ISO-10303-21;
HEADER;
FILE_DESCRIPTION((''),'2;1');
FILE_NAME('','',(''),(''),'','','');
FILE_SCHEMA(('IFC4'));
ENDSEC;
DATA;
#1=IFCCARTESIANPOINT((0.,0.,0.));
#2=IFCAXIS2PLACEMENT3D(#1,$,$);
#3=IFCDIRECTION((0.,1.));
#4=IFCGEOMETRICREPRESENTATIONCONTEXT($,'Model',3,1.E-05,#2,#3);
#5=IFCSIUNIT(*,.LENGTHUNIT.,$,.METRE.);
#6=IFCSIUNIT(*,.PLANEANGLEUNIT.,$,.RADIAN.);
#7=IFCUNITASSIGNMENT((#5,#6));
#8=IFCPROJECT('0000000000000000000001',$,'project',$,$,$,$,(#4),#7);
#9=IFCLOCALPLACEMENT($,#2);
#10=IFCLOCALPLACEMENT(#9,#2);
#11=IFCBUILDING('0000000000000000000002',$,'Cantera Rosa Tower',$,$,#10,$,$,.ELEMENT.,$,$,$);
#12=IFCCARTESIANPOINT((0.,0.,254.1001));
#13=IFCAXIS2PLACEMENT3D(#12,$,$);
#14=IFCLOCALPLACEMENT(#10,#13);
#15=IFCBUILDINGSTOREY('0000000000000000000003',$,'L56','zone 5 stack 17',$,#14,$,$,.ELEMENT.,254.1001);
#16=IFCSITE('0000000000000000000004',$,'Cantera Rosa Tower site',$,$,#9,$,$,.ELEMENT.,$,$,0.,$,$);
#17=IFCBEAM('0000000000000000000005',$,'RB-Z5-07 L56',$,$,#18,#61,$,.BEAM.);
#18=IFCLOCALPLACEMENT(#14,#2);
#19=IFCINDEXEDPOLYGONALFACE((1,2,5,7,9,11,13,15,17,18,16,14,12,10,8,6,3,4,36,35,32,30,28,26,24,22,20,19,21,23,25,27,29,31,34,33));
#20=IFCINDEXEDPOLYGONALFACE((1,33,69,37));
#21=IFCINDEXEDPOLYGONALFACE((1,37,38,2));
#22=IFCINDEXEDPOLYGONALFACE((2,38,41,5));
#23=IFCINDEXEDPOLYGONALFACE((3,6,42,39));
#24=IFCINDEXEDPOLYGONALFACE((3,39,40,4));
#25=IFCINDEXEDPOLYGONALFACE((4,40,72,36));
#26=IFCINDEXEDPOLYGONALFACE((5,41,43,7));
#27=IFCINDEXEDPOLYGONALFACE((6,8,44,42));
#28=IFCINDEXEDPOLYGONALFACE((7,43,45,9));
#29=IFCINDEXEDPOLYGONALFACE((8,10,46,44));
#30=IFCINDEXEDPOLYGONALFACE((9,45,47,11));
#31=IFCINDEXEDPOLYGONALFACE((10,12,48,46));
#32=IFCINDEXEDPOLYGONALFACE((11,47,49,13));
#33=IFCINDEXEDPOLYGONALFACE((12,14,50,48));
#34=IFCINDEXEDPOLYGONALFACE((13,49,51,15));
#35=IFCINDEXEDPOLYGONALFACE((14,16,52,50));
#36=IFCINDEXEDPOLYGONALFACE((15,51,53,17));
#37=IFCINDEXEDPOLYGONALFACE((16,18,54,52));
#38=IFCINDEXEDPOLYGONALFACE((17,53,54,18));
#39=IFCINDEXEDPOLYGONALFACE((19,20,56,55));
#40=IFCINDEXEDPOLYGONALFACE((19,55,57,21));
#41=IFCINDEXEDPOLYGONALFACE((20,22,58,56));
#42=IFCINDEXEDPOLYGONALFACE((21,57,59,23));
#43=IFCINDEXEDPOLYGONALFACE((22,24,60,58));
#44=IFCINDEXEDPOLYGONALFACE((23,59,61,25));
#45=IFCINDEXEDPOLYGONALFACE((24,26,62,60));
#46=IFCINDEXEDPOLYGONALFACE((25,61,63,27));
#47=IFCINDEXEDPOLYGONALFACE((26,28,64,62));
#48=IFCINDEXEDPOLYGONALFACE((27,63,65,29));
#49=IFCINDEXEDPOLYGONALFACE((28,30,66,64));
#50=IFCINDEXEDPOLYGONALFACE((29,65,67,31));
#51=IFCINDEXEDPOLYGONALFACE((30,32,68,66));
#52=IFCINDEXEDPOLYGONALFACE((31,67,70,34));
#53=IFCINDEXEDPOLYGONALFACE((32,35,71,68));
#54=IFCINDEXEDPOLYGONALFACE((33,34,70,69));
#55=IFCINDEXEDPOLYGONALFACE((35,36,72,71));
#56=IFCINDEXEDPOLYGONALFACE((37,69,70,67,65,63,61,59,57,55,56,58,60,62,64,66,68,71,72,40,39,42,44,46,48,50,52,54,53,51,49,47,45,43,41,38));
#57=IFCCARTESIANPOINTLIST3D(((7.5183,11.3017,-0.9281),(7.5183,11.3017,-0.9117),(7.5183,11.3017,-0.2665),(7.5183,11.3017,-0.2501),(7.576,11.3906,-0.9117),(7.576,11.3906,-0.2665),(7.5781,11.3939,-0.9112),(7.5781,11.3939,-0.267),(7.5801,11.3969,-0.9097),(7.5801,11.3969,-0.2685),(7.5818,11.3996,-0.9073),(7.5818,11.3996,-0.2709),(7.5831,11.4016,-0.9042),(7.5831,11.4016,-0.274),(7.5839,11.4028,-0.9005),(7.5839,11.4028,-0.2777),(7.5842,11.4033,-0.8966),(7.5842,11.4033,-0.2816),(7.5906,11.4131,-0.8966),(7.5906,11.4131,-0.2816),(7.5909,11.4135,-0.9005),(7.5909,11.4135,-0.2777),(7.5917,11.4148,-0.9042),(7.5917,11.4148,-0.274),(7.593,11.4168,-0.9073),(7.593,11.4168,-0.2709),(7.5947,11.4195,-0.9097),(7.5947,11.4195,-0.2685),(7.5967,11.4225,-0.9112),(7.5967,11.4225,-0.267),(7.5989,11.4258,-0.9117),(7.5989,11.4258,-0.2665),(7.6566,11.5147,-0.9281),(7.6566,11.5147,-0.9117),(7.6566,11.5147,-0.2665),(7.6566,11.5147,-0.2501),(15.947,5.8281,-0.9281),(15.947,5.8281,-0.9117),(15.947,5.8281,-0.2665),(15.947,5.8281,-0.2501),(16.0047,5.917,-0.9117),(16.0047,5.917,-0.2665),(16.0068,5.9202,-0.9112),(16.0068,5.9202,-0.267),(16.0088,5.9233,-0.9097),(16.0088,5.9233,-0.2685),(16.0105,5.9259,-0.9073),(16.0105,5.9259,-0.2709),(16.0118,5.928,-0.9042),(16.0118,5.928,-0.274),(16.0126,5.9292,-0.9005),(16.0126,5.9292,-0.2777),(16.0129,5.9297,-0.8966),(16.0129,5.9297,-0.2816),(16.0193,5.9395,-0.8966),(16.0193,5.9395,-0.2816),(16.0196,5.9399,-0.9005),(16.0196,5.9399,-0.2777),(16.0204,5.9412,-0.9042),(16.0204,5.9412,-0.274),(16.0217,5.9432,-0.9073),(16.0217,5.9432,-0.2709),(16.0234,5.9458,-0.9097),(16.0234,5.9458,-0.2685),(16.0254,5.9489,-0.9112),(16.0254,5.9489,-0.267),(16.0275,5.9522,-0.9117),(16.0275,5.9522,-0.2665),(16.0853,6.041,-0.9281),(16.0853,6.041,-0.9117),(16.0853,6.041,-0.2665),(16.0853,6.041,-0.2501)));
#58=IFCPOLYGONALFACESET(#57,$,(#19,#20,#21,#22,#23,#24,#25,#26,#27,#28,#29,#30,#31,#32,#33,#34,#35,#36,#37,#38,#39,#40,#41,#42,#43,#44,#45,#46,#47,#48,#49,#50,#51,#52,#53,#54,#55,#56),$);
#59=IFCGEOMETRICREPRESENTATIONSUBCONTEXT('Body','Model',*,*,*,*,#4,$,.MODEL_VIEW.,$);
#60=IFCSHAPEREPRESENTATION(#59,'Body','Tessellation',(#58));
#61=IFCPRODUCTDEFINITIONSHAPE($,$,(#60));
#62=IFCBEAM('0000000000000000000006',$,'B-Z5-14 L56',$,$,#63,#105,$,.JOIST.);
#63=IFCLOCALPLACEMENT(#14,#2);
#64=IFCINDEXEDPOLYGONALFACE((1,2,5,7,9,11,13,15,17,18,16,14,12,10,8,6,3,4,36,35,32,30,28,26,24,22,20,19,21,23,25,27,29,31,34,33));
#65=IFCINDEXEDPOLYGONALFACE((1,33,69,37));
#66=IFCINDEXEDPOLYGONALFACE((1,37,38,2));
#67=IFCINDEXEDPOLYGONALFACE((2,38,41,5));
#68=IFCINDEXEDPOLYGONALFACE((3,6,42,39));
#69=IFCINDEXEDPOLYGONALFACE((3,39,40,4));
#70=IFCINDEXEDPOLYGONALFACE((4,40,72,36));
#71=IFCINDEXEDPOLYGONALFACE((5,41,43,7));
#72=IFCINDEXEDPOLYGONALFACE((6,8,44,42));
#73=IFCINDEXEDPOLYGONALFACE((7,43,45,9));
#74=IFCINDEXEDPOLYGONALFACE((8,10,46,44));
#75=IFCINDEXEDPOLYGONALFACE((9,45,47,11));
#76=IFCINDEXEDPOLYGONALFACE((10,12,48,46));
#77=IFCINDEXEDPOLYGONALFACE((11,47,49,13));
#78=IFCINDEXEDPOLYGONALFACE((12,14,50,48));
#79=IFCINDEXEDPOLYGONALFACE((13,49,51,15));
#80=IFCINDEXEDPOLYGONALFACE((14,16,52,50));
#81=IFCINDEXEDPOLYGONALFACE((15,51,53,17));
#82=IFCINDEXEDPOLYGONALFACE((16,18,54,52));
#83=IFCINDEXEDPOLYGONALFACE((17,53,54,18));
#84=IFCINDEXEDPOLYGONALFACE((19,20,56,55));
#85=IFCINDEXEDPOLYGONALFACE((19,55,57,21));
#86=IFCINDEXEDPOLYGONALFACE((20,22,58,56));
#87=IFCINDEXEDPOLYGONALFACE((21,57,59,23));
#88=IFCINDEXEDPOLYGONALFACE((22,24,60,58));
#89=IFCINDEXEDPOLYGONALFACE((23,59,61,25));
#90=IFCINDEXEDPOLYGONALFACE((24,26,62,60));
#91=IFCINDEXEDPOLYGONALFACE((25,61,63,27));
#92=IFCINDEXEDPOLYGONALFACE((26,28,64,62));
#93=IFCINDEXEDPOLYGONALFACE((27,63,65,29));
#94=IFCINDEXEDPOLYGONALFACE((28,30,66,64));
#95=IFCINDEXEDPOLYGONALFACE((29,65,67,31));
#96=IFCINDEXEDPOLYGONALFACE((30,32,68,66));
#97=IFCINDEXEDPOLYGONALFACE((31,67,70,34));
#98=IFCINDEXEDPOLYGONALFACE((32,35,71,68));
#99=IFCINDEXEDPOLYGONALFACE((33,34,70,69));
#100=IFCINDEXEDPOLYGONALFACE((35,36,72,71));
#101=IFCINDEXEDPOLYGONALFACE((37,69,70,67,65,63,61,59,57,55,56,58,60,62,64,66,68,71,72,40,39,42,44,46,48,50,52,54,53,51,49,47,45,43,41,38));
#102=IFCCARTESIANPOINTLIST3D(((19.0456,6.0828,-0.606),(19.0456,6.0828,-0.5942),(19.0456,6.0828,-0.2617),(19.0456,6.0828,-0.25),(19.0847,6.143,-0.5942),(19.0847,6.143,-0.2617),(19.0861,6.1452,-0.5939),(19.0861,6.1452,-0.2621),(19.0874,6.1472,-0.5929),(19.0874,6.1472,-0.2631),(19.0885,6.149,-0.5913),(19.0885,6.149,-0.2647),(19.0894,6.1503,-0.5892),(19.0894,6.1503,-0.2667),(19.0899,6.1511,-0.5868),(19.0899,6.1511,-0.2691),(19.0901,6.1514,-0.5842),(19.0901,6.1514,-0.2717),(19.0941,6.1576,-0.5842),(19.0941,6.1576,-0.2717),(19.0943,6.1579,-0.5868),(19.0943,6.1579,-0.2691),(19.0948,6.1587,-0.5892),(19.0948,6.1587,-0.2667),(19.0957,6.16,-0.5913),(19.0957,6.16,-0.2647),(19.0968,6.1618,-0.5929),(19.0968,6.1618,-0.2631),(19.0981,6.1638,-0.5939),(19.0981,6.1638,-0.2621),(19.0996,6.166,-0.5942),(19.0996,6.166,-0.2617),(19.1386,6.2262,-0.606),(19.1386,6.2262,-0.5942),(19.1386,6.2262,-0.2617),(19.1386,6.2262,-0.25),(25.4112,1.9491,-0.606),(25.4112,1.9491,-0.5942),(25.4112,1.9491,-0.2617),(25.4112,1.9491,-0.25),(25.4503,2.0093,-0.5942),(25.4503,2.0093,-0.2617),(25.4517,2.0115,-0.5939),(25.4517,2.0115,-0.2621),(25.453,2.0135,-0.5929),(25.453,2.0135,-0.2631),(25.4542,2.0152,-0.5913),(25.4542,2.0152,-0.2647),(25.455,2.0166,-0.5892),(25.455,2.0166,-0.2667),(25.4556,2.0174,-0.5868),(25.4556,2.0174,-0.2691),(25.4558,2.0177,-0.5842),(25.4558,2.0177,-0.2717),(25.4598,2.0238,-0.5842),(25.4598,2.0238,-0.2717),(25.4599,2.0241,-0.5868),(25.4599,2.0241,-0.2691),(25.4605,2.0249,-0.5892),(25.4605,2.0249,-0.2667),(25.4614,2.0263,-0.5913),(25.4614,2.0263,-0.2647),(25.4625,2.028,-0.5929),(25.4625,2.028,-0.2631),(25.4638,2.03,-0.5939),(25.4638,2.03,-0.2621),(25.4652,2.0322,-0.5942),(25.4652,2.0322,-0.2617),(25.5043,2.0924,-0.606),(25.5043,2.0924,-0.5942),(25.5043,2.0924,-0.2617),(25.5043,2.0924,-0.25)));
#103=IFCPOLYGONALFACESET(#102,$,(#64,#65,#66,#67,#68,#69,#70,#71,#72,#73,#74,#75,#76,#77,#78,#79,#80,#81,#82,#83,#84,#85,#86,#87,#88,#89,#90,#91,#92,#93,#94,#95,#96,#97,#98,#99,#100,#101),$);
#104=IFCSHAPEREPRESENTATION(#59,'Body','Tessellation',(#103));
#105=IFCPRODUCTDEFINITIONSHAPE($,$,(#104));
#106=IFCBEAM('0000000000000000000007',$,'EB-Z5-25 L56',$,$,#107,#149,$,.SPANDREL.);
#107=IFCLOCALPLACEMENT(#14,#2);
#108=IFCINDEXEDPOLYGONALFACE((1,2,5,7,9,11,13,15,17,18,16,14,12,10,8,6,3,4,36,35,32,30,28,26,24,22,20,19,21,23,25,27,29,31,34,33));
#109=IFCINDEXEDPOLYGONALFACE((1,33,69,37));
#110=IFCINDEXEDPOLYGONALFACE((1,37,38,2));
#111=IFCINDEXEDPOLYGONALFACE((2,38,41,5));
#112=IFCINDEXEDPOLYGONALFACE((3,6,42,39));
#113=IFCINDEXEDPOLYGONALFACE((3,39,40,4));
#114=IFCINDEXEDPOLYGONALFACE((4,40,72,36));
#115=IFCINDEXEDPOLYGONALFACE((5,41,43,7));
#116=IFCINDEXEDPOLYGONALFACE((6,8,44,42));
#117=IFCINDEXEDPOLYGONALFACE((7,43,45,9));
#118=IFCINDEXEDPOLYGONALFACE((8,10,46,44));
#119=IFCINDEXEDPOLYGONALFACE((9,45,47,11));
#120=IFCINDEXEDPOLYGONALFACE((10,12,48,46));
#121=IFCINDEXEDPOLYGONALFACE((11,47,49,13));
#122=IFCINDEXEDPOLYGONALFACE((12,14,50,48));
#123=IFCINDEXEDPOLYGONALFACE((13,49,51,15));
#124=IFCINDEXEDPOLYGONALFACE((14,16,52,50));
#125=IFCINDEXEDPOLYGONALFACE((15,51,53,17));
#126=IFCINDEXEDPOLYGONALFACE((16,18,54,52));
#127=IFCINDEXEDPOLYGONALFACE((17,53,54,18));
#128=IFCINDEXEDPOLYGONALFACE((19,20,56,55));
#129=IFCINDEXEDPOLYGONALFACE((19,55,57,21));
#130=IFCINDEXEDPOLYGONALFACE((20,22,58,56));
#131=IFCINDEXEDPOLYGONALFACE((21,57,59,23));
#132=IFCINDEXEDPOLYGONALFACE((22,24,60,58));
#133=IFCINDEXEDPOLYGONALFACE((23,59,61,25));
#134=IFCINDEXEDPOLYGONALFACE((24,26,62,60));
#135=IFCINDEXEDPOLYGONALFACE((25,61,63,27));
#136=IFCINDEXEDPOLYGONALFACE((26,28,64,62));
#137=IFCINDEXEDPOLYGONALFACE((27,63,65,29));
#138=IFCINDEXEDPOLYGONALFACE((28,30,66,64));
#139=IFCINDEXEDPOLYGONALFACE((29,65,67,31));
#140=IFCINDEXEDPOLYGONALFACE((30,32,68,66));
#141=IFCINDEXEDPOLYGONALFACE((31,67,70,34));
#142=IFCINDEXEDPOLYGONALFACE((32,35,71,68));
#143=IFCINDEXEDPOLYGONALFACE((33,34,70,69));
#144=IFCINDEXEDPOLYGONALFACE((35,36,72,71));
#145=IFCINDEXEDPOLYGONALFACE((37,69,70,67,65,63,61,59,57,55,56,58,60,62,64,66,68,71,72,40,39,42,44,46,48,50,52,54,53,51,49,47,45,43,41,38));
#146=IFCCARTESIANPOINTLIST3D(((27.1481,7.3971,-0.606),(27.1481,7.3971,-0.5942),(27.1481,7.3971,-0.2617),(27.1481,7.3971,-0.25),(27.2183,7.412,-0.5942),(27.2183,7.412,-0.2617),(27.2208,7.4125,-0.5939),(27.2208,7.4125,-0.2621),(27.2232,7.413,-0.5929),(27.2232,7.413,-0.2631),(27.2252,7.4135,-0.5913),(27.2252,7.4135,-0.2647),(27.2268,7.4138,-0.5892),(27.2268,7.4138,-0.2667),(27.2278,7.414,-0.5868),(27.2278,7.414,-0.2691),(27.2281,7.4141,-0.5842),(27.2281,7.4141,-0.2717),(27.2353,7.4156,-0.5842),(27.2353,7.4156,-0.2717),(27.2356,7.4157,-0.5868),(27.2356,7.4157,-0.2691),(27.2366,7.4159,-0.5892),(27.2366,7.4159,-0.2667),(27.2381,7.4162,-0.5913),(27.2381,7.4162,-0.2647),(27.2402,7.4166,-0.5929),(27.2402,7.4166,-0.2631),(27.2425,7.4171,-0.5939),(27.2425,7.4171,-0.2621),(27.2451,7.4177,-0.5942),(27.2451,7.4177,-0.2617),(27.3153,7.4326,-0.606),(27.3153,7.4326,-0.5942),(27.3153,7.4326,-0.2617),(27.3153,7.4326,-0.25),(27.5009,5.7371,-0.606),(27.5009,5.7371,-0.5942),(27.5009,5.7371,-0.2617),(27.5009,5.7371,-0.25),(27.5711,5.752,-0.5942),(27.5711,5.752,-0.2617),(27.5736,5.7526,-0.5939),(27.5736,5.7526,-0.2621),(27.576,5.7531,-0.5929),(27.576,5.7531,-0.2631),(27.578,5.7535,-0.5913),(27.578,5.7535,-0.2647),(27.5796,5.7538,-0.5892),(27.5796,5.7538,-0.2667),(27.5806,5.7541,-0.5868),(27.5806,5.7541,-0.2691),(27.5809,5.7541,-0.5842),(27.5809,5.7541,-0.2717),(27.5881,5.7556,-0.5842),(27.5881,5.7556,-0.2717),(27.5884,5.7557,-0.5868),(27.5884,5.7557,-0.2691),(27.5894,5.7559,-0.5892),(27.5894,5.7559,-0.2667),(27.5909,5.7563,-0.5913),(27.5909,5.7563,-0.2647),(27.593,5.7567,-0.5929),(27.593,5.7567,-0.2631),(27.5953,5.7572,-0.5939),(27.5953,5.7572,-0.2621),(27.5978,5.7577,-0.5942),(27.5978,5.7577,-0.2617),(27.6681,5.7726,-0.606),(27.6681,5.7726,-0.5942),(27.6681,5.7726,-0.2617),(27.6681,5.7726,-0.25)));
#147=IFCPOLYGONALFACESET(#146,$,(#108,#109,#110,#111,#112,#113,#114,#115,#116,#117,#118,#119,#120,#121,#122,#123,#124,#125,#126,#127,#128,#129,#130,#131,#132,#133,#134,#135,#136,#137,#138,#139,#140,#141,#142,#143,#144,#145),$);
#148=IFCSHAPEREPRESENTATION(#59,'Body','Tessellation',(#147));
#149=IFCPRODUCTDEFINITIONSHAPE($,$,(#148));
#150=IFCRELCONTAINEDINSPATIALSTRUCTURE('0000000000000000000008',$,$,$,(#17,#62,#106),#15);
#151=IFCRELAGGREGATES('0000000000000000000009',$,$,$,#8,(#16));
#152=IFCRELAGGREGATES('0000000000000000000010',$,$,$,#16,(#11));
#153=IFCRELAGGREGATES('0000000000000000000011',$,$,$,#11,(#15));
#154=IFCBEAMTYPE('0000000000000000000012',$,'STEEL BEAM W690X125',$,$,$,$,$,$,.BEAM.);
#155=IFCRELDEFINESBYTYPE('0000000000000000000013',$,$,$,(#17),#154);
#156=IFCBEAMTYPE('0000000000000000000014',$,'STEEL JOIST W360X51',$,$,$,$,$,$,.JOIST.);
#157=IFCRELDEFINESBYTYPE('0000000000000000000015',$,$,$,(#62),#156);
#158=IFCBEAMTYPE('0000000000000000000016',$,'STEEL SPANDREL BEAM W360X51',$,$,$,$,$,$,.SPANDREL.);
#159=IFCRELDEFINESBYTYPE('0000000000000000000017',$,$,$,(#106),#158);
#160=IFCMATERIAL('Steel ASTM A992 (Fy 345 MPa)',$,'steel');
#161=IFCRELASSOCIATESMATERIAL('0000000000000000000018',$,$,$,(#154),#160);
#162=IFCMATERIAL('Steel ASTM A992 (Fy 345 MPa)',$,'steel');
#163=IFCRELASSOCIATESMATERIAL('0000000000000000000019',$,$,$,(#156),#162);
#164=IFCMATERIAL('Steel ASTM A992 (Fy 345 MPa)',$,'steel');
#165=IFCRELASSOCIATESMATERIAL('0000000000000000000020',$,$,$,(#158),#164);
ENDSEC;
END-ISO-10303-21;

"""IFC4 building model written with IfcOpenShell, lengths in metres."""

from ifc_helpers import new_model, si_unit, direction, frame, origin, origin_2d, place, context, subcontext, project, spatial, i_section, extrude, material, material_profile, profile_set, type_object, element, save


model = new_model("IFC4")

# Units and contexts
model_context = context("Model", 3, precision=1e-05, world=origin(), true_north=direction((0.0, 1.0)))
body_context = subcontext(model_context, "Body", "Model", "MODEL_VIEW")
ifc_project = project(units=[si_unit("LENGTHUNIT", "METRE"), si_unit("PLANEANGLEUNIT", "RADIAN")], contexts=[model_context])

# Site, building, storey
site_placement = place(None, origin())
site = spatial("IfcSite", under=ifc_project, at=site_placement, Name="Cantera Rosa Tower site", CompositionType="ELEMENT", RefElevation=0.0)
building_placement = place(site_placement, origin())
building = spatial("IfcBuilding", under=site, at=building_placement, Name="Cantera Rosa Tower", CompositionType="ELEMENT")
storey_placement = place(building_placement, frame((0.0, 0.0, 254.1001)))
storey = spatial("IfcBuildingStorey", under=building, at=storey_placement, Name="L56", Description="zone 5 stack 17", CompositionType="ELEMENT", Elevation=254.1001)

# Beams
ifc_material_1 = material(Name="Steel ASTM A992 (Fy 345 MPa)", Category="steel")
ifc_material_profile_1 = material_profile(ifc_material_1, i_section(OverallWidth=0.2539, OverallDepth=0.678, WebThickness=0.0117, FlangeThickness=0.0164, FilletRadius=0.0151, at=origin_2d()), Name="W690X125")
ifc_profile_set_1 = profile_set([ifc_material_profile_1], Name="Steel ASTM A992 (Fy 345 MPa)")
beam_type_1 = type_object("IfcBeamType", Name="STEEL BEAM W690X125", PredefinedType="BEAM", material=ifc_profile_set_1)
beam_1_placement = place(storey_placement, frame((16.0161, 5.9346, -0.5891), z_axis=(-0.838672, 0.544637, 0.0), x_axis=(-0.544637, -0.838672, 0.0)))
element("IfcBeam", 1, at=beam_1_placement, inside=storey, type_object=beam_type_1, Name="RB-Z5-07 L56", PredefinedType="BEAM", context=body_context, shape_type="SweptSolid", body=[
    extrude(i_section(OverallWidth=0.2539, OverallDepth=0.678, WebThickness=0.0117, FlangeThickness=0.0164, FilletRadius=0.0151, at=origin_2d()), origin(), (0.0, 0.0, 1.0), 10.05),
])
ifc_material_2 = material(Name="Steel ASTM A992 (Fy 345 MPa)", Category="steel")
ifc_material_profile_2 = material_profile(ifc_material_2, i_section(OverallWidth=0.1709, OverallDepth=0.356, WebThickness=0.0073, FlangeThickness=0.0117, FilletRadius=0.01, at=origin_2d()), Name="W360X51")
ifc_profile_set_2 = profile_set([ifc_material_profile_2], Name="Steel ASTM A992 (Fy 345 MPa)")
beam_type_2 = type_object("IfcBeamType", Name="STEEL JOIST W360X51", PredefinedType="JOIST", material=ifc_profile_set_2)
beam_2_placement = place(storey_placement, frame((25.4578, 2.0208, -0.428), z_axis=(-0.83868, 0.544624, 0.0), x_axis=(-0.544624, -0.83868, 0.0)))
element("IfcBeam", 2, at=beam_2_placement, inside=storey, type_object=beam_type_2, Name="B-Z5-14 L56", PredefinedType="JOIST", context=body_context, shape_type="SweptSolid", body=[
    extrude(i_section(OverallWidth=0.1709, OverallDepth=0.356, WebThickness=0.0073, FlangeThickness=0.0117, FilletRadius=0.01, at=origin_2d()), origin(), (0.0, 0.0, 1.0), 7.5901),
])
ifc_material_3 = material(Name="Steel ASTM A992 (Fy 345 MPa)", Category="steel")
ifc_material_profile_3 = material_profile(ifc_material_3, i_section(OverallWidth=0.1709, OverallDepth=0.356, WebThickness=0.0073, FlangeThickness=0.0117, FilletRadius=0.01, at=origin_2d()), Name="W360X51")
ifc_profile_set_3 = profile_set([ifc_material_profile_3], Name="Steel ASTM A992 (Fy 345 MPa)")
beam_type_3 = type_object("IfcBeamType", Name="STEEL SPANDREL BEAM W360X51", PredefinedType="SPANDREL", material=ifc_profile_set_3)
beam_3_placement = place(storey_placement, frame((27.5845, 5.7549, -0.428), z_axis=(-0.207888, 0.978153, 0.0), x_axis=(-0.978153, -0.207888, 0.0)))
element("IfcBeam", 3, at=beam_3_placement, inside=storey, type_object=beam_type_3, Name="EB-Z5-25 L56", PredefinedType="SPANDREL", context=body_context, shape_type="SweptSolid", body=[
    extrude(i_section(OverallWidth=0.1709, OverallDepth=0.356, WebThickness=0.0073, FlangeThickness=0.0117, FilletRadius=0.01, at=origin_2d()), origin(), (0.0, 0.0, 1.0), 1.697),
])

save(model, "model.ifc")
